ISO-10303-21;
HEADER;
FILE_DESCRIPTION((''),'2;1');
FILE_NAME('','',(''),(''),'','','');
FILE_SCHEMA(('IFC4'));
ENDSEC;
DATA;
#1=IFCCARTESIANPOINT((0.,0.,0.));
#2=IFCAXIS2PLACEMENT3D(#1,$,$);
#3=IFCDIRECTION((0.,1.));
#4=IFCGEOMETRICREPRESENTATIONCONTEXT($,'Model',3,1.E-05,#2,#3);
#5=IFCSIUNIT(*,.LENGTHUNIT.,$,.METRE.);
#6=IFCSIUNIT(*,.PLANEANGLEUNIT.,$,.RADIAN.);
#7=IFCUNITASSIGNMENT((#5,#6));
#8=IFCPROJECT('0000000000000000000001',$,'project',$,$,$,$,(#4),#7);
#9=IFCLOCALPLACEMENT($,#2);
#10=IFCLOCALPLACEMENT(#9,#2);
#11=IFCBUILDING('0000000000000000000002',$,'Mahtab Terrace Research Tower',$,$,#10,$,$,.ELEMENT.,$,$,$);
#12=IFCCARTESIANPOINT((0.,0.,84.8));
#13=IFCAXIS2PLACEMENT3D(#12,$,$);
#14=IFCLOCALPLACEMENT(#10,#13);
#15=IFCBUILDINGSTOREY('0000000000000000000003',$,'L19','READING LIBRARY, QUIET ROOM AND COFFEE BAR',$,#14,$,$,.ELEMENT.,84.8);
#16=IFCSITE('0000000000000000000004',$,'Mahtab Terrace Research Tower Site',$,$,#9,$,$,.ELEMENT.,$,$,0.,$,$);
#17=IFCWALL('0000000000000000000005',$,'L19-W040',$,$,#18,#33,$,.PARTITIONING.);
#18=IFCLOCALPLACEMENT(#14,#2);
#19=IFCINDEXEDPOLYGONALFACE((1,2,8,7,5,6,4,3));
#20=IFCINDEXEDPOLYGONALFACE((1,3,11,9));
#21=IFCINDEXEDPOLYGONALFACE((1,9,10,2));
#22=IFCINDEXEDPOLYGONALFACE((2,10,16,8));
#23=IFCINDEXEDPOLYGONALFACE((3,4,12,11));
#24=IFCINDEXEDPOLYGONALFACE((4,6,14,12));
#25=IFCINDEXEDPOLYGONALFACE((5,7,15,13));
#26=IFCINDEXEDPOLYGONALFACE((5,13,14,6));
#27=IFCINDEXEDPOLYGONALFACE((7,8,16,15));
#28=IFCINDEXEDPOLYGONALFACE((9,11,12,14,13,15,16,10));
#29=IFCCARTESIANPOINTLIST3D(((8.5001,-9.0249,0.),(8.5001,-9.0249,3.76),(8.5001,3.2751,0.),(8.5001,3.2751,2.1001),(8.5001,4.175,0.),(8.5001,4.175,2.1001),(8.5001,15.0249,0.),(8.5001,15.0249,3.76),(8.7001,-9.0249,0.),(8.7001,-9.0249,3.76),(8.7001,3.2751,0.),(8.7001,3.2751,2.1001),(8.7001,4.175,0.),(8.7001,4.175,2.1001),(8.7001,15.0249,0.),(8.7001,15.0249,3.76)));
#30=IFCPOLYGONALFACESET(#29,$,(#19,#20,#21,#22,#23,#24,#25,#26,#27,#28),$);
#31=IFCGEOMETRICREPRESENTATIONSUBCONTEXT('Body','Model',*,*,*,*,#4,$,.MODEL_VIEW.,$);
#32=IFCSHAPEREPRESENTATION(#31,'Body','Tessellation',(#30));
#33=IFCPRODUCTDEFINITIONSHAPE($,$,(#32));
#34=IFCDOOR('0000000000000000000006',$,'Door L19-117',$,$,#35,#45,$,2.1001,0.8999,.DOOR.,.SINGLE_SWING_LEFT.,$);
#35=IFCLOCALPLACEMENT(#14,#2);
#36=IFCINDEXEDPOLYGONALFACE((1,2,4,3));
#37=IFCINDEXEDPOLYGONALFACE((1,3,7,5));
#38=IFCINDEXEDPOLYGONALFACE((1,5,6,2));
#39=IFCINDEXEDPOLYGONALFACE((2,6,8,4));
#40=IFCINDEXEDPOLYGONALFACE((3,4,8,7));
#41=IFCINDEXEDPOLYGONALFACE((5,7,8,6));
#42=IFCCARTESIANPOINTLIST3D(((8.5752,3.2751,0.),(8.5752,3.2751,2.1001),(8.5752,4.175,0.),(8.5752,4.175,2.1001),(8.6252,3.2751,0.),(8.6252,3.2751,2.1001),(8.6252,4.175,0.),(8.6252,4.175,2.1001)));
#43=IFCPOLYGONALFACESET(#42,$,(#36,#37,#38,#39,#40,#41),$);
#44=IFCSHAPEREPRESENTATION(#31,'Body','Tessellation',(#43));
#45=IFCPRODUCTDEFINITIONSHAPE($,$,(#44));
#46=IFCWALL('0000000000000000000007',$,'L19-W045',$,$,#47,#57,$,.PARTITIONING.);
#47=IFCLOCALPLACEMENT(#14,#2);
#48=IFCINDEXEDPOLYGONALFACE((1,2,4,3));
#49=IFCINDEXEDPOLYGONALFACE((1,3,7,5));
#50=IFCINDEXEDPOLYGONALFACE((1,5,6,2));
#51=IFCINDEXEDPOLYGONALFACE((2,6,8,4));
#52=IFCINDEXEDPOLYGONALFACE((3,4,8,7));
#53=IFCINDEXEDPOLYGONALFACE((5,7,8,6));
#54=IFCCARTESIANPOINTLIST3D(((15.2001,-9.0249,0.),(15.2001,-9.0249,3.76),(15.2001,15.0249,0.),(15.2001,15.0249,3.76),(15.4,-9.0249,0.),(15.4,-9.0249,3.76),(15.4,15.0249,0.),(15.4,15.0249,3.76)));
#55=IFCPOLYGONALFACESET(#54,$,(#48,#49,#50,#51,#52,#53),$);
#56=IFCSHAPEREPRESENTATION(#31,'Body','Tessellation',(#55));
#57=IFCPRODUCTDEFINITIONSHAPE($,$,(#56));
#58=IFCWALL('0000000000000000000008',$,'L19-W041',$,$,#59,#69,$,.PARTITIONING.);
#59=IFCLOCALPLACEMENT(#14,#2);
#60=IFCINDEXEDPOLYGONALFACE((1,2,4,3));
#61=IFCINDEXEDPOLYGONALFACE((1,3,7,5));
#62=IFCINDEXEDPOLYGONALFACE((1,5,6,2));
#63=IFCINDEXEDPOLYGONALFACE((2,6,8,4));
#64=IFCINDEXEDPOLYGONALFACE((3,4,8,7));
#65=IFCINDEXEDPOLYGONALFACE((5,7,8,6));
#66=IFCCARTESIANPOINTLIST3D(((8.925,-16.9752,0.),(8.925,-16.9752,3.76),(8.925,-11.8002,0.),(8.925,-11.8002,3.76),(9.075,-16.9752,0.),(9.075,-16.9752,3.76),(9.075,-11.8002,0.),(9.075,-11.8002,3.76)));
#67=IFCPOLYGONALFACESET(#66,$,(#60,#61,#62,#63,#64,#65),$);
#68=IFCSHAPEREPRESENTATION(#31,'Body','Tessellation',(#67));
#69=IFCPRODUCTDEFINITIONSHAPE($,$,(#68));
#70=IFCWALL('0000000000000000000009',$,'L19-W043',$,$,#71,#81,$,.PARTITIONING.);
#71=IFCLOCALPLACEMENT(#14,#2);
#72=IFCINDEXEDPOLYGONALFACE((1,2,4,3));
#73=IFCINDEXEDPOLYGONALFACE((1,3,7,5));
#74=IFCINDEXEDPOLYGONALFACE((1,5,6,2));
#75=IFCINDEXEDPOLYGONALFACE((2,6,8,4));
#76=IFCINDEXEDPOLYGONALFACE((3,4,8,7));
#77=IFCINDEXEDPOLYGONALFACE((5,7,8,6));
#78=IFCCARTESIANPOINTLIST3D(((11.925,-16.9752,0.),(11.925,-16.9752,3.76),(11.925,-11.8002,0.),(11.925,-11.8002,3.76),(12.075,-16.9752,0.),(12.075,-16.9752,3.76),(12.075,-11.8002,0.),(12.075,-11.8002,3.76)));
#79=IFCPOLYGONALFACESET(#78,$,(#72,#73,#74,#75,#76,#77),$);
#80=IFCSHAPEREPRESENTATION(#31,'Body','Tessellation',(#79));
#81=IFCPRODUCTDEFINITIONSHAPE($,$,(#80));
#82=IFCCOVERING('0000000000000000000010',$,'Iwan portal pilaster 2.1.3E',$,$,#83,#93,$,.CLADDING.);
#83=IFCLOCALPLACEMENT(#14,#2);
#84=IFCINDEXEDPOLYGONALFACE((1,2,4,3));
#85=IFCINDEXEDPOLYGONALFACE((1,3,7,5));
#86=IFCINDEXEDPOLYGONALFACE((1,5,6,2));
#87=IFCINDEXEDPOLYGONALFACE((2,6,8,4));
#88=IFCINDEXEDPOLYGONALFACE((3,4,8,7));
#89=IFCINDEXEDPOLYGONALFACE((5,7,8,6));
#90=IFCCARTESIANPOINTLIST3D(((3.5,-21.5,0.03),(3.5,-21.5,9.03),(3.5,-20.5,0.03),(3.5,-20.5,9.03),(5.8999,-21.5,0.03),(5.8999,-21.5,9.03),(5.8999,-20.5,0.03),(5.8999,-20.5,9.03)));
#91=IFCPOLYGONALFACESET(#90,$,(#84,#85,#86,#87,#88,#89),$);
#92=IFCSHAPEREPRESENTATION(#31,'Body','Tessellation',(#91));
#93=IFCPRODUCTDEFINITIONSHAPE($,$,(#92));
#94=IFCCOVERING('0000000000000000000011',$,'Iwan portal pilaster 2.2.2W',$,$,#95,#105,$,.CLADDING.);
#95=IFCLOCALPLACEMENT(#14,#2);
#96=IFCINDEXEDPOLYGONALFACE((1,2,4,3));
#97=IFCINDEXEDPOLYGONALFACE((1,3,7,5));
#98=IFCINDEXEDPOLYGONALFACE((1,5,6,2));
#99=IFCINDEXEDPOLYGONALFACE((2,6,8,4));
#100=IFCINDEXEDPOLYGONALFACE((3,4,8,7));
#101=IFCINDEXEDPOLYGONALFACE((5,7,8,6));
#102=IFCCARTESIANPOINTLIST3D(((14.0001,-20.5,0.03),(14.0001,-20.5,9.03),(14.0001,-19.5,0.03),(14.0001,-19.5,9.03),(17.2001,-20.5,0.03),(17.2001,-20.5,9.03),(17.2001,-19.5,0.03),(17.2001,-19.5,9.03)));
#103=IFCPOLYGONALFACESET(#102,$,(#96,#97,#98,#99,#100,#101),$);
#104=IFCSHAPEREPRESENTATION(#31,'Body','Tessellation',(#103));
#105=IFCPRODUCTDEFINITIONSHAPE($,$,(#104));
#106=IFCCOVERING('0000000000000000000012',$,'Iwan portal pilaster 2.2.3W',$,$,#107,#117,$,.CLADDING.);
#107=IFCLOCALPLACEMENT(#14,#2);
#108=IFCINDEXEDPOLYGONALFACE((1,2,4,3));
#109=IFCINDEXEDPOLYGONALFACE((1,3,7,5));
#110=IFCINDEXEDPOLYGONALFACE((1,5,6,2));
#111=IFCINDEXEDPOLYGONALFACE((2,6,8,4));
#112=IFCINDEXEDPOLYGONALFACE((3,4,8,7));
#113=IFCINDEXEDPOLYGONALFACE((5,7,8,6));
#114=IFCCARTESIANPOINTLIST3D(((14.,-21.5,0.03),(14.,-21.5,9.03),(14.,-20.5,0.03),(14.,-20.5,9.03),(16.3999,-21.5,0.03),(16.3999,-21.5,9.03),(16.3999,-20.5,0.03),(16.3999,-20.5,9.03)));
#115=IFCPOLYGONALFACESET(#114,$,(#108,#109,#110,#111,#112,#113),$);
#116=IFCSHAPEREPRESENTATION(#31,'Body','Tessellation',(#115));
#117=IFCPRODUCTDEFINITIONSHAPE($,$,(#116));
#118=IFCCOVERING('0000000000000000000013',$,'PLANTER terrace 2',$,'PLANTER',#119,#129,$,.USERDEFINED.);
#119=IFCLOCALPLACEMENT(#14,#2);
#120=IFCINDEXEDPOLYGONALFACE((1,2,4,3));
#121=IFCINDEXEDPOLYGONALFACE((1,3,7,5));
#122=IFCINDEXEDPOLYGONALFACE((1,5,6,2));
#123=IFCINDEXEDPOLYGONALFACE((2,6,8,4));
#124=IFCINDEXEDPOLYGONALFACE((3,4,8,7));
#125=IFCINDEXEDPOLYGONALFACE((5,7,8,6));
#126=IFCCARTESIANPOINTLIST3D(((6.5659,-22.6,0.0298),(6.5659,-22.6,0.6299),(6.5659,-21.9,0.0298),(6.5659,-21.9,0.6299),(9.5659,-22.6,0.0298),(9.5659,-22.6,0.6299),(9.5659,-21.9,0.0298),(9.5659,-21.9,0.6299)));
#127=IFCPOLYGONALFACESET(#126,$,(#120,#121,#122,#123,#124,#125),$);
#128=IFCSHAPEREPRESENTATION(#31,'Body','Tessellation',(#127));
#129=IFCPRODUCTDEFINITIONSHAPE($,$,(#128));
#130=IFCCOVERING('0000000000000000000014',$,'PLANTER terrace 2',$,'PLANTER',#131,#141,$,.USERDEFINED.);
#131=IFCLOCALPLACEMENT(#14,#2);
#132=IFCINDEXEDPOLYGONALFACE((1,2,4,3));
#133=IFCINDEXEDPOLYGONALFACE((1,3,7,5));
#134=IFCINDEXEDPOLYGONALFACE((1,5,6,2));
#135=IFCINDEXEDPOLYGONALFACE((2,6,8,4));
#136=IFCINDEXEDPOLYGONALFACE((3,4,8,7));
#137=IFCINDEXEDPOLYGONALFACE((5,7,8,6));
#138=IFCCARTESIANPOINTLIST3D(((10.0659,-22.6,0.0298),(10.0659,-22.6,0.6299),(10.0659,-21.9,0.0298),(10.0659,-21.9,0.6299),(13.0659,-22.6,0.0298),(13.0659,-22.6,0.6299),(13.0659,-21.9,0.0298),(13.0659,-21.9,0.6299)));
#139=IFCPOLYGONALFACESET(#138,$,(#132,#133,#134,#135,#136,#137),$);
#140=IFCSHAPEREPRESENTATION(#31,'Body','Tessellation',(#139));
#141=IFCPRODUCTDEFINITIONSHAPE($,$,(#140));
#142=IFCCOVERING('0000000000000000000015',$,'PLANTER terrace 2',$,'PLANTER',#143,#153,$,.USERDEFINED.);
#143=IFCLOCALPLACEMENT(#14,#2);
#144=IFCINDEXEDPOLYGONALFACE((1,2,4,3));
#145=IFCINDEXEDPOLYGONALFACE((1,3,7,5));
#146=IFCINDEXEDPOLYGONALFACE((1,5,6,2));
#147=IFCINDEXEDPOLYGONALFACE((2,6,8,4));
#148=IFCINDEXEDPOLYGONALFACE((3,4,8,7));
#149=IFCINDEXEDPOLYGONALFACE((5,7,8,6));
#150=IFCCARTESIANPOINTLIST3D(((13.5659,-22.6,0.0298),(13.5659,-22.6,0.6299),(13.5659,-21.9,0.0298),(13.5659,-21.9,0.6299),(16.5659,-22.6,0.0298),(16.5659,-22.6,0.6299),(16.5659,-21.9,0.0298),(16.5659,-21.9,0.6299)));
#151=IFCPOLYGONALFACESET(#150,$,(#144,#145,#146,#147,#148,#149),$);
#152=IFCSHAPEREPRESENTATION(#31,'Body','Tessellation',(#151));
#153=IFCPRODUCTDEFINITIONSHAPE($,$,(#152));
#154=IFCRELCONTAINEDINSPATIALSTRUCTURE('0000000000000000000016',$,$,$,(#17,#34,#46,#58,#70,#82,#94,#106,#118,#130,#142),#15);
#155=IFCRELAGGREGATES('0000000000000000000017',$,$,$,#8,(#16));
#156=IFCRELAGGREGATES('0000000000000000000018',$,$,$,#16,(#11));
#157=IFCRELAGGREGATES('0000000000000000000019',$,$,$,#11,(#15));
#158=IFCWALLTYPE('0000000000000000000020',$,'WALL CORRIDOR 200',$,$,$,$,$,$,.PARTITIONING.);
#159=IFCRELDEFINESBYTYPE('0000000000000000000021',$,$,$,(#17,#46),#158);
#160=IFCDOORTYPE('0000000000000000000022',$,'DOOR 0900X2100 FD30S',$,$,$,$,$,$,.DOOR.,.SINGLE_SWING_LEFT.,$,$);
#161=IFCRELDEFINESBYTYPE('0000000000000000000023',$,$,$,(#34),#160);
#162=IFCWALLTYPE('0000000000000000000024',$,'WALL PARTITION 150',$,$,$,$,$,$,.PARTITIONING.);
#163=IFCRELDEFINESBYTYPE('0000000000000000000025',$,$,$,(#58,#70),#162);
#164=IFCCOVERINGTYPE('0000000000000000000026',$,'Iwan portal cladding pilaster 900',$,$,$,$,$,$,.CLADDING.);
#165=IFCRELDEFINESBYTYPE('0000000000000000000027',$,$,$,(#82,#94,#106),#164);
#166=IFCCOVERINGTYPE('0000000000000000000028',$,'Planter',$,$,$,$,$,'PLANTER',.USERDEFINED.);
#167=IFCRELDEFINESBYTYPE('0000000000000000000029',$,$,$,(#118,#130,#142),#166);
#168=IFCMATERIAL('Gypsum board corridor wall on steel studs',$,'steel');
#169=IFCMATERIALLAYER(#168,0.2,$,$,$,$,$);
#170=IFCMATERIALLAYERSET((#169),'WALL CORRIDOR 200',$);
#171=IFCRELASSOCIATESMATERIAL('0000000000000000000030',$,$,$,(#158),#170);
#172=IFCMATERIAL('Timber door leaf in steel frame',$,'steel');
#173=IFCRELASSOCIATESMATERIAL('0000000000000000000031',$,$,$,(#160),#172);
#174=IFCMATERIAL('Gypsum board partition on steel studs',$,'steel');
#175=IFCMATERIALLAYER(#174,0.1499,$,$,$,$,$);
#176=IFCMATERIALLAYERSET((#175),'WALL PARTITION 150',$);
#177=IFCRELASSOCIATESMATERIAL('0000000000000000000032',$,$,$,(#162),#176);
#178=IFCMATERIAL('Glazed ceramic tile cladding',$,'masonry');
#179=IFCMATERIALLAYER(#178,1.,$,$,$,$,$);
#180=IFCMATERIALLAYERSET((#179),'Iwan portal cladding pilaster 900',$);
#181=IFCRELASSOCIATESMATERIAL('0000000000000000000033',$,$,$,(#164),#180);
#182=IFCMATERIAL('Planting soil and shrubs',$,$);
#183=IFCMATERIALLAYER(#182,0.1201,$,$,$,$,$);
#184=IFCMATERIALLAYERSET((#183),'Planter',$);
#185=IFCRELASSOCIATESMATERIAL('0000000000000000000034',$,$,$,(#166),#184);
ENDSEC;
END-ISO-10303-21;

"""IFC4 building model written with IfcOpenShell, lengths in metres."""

from ifc_helpers import new_model, si_unit, direction, frame, frame_2d, origin, origin_2d, place, context, subcontext, project, spatial, rectangle, extrude, material, layer, layer_set, type_object, element, fill, save


model = new_model("IFC4")

# Units and contexts
model_context = context("Model", 3, precision=1e-05, world=origin(), true_north=direction((0.0, 1.0)))
body_context = subcontext(model_context, "Body", "Model", "MODEL_VIEW")
ifc_project = project(units=[si_unit("LENGTHUNIT", "METRE"), si_unit("PLANEANGLEUNIT", "RADIAN")], contexts=[model_context])

# Site, building, storey
site_placement = place(None, origin())
site = spatial("IfcSite", under=ifc_project, at=site_placement, Name="Mahtab Terrace Research Tower Site", CompositionType="ELEMENT", RefElevation=0.0)
building_placement = place(site_placement, origin())
building = spatial("IfcBuilding", under=site, at=building_placement, Name="Mahtab Terrace Research Tower", CompositionType="ELEMENT")
storey_placement = place(building_placement, frame((0.0, 0.0, 84.8)))
storey = spatial("IfcBuildingStorey", under=building, at=storey_placement, Name="L19", Description="READING LIBRARY, QUIET ROOM AND COFFEE BAR", CompositionType="ELEMENT", Elevation=84.8)

# Shared definitions
ifc_material_1 = material(Name="Gypsum board corridor wall on steel studs", Category="steel")
ifc_layer_1 = layer(ifc_material_1, 0.2)
ifc_layer_set_1 = layer_set([ifc_layer_1], Name="WALL CORRIDOR 200")
wall_type_1 = type_object("IfcWallType", Name="WALL CORRIDOR 200", PredefinedType="PARTITIONING", material=ifc_layer_set_1)
ifc_material_2 = material(Name="Timber door leaf in steel frame", Category="steel")
door_type_1 = type_object("IfcDoorType", Name="DOOR 0900X2100 FD30S", OperationType="SINGLE_SWING_LEFT", PredefinedType="DOOR", material=ifc_material_2)

# Wall, opening, door
wall_1_placement = place(storey_placement, frame((8.6001, -9.0249, 0.0), z_axis=(0.0, 0.0, 1.0), x_axis=(0.0, 1.0, 0.0)))
wall_1 = element("IfcWall", 1, at=wall_1_placement, inside=storey, type_object=wall_type_1, Name="L19-W040", PredefinedType="PARTITIONING", context=body_context, shape_type="SweptSolid", body=[
    extrude(rectangle(XDim=24.0498, YDim=0.2, at=frame_2d((12.0249, 0.0))), origin(), (0.0, 0.0, 1.0), 3.76),
])
opening_1_placement = place(wall_1_placement, frame((12.3, 0.0, 0.0)))
opening_1 = element("IfcOpeningElement", 2, at=opening_1_placement, cuts=wall_1, PredefinedType="OPENING", context=body_context, shape_type="SweptSolid", body=[
    extrude(rectangle(XDim=0.8999, YDim=2.1001, at=frame_2d((0.45, 1.05))), frame((0.0, 0.1099, 0.0), z_axis=(0.0, -1.0, 0.0), x_axis=(1.0, 0.0, 0.0)), (0.0, 0.0, 1.0), 0.22),
])
door_1_placement = place(opening_1_placement, origin())
door_1 = element("IfcDoor", 3, at=door_1_placement, inside=storey, type_object=door_type_1, Name="Door L19-117", OperationType="SINGLE_SWING_LEFT", OverallHeight=2.1001, OverallWidth=0.8999, PredefinedType="DOOR", context=body_context, shape_type="SweptSolid", body=[
    extrude(rectangle(XDim=0.8999, YDim=2.1001, at=frame_2d((0.45, 1.05))), frame((0.0, 0.0249, 0.0), z_axis=(0.0, -1.0, 0.0), x_axis=(1.0, 0.0, 0.0)), (0.0, 0.0, 1.0), 0.05),
])
fill(opening_1, door_1)

# Walls
wall_2_placement = place(storey_placement, frame((15.3, -9.0249, 0.0), z_axis=(0.0, 0.0, 1.0), x_axis=(0.0, 1.0, 0.0)))
element("IfcWall", 4, at=wall_2_placement, inside=storey, type_object=wall_type_1, Name="L19-W045", PredefinedType="PARTITIONING", context=body_context, shape_type="SweptSolid", body=[
    extrude(rectangle(XDim=24.0498, YDim=0.2, at=frame_2d((12.0249, 0.0))), origin(), (0.0, 0.0, 1.0), 3.76),
])
ifc_material_3 = material(Name="Gypsum board partition on steel studs", Category="steel")
ifc_layer_2 = layer(ifc_material_3, 0.1499)
ifc_layer_set_2 = layer_set([ifc_layer_2], Name="WALL PARTITION 150")
wall_type_2 = type_object("IfcWallType", Name="WALL PARTITION 150", PredefinedType="PARTITIONING", material=ifc_layer_set_2)
for number, where, z_axis, x_axis, name in (
    (5, (9.0, -16.9751, 0.0), (0.0, 0.0, 1.0), (0.0, 1.0, 0.0), "L19-W041"),
    (6, (12.0, -16.9751, 0.0), (0.0, 0.0, 1.0), (0.0, 1.0, 0.0), "L19-W043"),
):
    element("IfcWall", number, at=place(storey_placement, frame(where, z_axis=z_axis, x_axis=x_axis)), inside=storey, type_object=wall_type_2, Name=name, PredefinedType="PARTITIONING", context=body_context, shape_type="SweptSolid", body=[
        extrude(rectangle(XDim=5.175, YDim=0.1499, at=frame_2d((2.5874, 0.0))), origin(), (0.0, 0.0, 1.0), 3.76),
    ])

# Coverings
ifc_material_4 = material(Name="Glazed ceramic tile cladding", Category="masonry")
ifc_layer_3 = layer(ifc_material_4, 1.0)
ifc_layer_set_3 = layer_set([ifc_layer_3], Name="Iwan portal cladding pilaster 900")
covering_type_1 = type_object("IfcCoveringType", Name="Iwan portal cladding pilaster 900", PredefinedType="CLADDING", material=ifc_layer_set_3)
covering_1_placement = place(storey_placement, frame((4.7, -21.0, 0.03), z_axis=(0.0, 0.0, 1.0), x_axis=(1.0, 0.0, 0.0)))
element("IfcCovering", 7, at=covering_1_placement, inside=storey, type_object=covering_type_1, Name="Iwan portal pilaster 2.1.3E", PredefinedType="CLADDING", context=body_context, shape_type="SweptSolid", body=[
    extrude(rectangle(XDim=2.3999, YDim=1.0, at=origin_2d()), origin(), (0.0, 0.0, 1.0), 9.0),
])
covering_2_placement = place(storey_placement, frame((15.6001, -20.0, 0.03), z_axis=(0.0, 0.0, 1.0), x_axis=(1.0, 0.0, 0.0)))
element("IfcCovering", 8, at=covering_2_placement, inside=storey, type_object=covering_type_1, Name="Iwan portal pilaster 2.2.2W", PredefinedType="CLADDING", context=body_context, shape_type="SweptSolid", body=[
    extrude(rectangle(XDim=3.2, YDim=1.0, at=origin_2d()), origin(), (0.0, 0.0, 1.0), 9.0),
])
covering_3_placement = place(storey_placement, frame((15.2, -21.0, 0.03), z_axis=(0.0, 0.0, 1.0), x_axis=(1.0, 0.0, 0.0)))
element("IfcCovering", 9, at=covering_3_placement, inside=storey, type_object=covering_type_1, Name="Iwan portal pilaster 2.2.3W", PredefinedType="CLADDING", context=body_context, shape_type="SweptSolid", body=[
    extrude(rectangle(XDim=2.3999, YDim=1.0, at=origin_2d()), origin(), (0.0, 0.0, 1.0), 9.0),
])
ifc_material_5 = material(Name="Planting soil and shrubs")
ifc_layer_4 = layer(ifc_material_5, 0.1201)
ifc_layer_set_4 = layer_set([ifc_layer_4], Name="Planter")
covering_type_2 = type_object("IfcCoveringType", Name="Planter", ElementType="PLANTER", PredefinedType="USERDEFINED", material=ifc_layer_set_4)
for number, where, z_axis, x_axis, name in (
    (10, (8.0659, -22.25, 0.0298), (0.0, 0.0, 1.0), (1.0, 0.0, 0.0), "PLANTER terrace 2"),
    (11, (11.5659, -22.25, 0.0298), (0.0, 0.0, 1.0), (1.0, 0.0, 0.0), "PLANTER terrace 2"),
    (12, (15.0659, -22.25, 0.0298), (0.0, 0.0, 1.0), (1.0, 0.0, 0.0), "PLANTER terrace 2"),
):
    element("IfcCovering", number, at=place(storey_placement, frame(where, z_axis=z_axis, x_axis=x_axis)), inside=storey, type_object=covering_type_2, Name=name, ObjectType="PLANTER", PredefinedType="USERDEFINED", context=body_context, shape_type="SweptSolid", body=[
        extrude(rectangle(XDim=3.0, YDim=0.7, at=origin_2d()), origin(), (0.0, 0.0, 1.0), 0.6001),
    ])

save(model, "model.ifc")
